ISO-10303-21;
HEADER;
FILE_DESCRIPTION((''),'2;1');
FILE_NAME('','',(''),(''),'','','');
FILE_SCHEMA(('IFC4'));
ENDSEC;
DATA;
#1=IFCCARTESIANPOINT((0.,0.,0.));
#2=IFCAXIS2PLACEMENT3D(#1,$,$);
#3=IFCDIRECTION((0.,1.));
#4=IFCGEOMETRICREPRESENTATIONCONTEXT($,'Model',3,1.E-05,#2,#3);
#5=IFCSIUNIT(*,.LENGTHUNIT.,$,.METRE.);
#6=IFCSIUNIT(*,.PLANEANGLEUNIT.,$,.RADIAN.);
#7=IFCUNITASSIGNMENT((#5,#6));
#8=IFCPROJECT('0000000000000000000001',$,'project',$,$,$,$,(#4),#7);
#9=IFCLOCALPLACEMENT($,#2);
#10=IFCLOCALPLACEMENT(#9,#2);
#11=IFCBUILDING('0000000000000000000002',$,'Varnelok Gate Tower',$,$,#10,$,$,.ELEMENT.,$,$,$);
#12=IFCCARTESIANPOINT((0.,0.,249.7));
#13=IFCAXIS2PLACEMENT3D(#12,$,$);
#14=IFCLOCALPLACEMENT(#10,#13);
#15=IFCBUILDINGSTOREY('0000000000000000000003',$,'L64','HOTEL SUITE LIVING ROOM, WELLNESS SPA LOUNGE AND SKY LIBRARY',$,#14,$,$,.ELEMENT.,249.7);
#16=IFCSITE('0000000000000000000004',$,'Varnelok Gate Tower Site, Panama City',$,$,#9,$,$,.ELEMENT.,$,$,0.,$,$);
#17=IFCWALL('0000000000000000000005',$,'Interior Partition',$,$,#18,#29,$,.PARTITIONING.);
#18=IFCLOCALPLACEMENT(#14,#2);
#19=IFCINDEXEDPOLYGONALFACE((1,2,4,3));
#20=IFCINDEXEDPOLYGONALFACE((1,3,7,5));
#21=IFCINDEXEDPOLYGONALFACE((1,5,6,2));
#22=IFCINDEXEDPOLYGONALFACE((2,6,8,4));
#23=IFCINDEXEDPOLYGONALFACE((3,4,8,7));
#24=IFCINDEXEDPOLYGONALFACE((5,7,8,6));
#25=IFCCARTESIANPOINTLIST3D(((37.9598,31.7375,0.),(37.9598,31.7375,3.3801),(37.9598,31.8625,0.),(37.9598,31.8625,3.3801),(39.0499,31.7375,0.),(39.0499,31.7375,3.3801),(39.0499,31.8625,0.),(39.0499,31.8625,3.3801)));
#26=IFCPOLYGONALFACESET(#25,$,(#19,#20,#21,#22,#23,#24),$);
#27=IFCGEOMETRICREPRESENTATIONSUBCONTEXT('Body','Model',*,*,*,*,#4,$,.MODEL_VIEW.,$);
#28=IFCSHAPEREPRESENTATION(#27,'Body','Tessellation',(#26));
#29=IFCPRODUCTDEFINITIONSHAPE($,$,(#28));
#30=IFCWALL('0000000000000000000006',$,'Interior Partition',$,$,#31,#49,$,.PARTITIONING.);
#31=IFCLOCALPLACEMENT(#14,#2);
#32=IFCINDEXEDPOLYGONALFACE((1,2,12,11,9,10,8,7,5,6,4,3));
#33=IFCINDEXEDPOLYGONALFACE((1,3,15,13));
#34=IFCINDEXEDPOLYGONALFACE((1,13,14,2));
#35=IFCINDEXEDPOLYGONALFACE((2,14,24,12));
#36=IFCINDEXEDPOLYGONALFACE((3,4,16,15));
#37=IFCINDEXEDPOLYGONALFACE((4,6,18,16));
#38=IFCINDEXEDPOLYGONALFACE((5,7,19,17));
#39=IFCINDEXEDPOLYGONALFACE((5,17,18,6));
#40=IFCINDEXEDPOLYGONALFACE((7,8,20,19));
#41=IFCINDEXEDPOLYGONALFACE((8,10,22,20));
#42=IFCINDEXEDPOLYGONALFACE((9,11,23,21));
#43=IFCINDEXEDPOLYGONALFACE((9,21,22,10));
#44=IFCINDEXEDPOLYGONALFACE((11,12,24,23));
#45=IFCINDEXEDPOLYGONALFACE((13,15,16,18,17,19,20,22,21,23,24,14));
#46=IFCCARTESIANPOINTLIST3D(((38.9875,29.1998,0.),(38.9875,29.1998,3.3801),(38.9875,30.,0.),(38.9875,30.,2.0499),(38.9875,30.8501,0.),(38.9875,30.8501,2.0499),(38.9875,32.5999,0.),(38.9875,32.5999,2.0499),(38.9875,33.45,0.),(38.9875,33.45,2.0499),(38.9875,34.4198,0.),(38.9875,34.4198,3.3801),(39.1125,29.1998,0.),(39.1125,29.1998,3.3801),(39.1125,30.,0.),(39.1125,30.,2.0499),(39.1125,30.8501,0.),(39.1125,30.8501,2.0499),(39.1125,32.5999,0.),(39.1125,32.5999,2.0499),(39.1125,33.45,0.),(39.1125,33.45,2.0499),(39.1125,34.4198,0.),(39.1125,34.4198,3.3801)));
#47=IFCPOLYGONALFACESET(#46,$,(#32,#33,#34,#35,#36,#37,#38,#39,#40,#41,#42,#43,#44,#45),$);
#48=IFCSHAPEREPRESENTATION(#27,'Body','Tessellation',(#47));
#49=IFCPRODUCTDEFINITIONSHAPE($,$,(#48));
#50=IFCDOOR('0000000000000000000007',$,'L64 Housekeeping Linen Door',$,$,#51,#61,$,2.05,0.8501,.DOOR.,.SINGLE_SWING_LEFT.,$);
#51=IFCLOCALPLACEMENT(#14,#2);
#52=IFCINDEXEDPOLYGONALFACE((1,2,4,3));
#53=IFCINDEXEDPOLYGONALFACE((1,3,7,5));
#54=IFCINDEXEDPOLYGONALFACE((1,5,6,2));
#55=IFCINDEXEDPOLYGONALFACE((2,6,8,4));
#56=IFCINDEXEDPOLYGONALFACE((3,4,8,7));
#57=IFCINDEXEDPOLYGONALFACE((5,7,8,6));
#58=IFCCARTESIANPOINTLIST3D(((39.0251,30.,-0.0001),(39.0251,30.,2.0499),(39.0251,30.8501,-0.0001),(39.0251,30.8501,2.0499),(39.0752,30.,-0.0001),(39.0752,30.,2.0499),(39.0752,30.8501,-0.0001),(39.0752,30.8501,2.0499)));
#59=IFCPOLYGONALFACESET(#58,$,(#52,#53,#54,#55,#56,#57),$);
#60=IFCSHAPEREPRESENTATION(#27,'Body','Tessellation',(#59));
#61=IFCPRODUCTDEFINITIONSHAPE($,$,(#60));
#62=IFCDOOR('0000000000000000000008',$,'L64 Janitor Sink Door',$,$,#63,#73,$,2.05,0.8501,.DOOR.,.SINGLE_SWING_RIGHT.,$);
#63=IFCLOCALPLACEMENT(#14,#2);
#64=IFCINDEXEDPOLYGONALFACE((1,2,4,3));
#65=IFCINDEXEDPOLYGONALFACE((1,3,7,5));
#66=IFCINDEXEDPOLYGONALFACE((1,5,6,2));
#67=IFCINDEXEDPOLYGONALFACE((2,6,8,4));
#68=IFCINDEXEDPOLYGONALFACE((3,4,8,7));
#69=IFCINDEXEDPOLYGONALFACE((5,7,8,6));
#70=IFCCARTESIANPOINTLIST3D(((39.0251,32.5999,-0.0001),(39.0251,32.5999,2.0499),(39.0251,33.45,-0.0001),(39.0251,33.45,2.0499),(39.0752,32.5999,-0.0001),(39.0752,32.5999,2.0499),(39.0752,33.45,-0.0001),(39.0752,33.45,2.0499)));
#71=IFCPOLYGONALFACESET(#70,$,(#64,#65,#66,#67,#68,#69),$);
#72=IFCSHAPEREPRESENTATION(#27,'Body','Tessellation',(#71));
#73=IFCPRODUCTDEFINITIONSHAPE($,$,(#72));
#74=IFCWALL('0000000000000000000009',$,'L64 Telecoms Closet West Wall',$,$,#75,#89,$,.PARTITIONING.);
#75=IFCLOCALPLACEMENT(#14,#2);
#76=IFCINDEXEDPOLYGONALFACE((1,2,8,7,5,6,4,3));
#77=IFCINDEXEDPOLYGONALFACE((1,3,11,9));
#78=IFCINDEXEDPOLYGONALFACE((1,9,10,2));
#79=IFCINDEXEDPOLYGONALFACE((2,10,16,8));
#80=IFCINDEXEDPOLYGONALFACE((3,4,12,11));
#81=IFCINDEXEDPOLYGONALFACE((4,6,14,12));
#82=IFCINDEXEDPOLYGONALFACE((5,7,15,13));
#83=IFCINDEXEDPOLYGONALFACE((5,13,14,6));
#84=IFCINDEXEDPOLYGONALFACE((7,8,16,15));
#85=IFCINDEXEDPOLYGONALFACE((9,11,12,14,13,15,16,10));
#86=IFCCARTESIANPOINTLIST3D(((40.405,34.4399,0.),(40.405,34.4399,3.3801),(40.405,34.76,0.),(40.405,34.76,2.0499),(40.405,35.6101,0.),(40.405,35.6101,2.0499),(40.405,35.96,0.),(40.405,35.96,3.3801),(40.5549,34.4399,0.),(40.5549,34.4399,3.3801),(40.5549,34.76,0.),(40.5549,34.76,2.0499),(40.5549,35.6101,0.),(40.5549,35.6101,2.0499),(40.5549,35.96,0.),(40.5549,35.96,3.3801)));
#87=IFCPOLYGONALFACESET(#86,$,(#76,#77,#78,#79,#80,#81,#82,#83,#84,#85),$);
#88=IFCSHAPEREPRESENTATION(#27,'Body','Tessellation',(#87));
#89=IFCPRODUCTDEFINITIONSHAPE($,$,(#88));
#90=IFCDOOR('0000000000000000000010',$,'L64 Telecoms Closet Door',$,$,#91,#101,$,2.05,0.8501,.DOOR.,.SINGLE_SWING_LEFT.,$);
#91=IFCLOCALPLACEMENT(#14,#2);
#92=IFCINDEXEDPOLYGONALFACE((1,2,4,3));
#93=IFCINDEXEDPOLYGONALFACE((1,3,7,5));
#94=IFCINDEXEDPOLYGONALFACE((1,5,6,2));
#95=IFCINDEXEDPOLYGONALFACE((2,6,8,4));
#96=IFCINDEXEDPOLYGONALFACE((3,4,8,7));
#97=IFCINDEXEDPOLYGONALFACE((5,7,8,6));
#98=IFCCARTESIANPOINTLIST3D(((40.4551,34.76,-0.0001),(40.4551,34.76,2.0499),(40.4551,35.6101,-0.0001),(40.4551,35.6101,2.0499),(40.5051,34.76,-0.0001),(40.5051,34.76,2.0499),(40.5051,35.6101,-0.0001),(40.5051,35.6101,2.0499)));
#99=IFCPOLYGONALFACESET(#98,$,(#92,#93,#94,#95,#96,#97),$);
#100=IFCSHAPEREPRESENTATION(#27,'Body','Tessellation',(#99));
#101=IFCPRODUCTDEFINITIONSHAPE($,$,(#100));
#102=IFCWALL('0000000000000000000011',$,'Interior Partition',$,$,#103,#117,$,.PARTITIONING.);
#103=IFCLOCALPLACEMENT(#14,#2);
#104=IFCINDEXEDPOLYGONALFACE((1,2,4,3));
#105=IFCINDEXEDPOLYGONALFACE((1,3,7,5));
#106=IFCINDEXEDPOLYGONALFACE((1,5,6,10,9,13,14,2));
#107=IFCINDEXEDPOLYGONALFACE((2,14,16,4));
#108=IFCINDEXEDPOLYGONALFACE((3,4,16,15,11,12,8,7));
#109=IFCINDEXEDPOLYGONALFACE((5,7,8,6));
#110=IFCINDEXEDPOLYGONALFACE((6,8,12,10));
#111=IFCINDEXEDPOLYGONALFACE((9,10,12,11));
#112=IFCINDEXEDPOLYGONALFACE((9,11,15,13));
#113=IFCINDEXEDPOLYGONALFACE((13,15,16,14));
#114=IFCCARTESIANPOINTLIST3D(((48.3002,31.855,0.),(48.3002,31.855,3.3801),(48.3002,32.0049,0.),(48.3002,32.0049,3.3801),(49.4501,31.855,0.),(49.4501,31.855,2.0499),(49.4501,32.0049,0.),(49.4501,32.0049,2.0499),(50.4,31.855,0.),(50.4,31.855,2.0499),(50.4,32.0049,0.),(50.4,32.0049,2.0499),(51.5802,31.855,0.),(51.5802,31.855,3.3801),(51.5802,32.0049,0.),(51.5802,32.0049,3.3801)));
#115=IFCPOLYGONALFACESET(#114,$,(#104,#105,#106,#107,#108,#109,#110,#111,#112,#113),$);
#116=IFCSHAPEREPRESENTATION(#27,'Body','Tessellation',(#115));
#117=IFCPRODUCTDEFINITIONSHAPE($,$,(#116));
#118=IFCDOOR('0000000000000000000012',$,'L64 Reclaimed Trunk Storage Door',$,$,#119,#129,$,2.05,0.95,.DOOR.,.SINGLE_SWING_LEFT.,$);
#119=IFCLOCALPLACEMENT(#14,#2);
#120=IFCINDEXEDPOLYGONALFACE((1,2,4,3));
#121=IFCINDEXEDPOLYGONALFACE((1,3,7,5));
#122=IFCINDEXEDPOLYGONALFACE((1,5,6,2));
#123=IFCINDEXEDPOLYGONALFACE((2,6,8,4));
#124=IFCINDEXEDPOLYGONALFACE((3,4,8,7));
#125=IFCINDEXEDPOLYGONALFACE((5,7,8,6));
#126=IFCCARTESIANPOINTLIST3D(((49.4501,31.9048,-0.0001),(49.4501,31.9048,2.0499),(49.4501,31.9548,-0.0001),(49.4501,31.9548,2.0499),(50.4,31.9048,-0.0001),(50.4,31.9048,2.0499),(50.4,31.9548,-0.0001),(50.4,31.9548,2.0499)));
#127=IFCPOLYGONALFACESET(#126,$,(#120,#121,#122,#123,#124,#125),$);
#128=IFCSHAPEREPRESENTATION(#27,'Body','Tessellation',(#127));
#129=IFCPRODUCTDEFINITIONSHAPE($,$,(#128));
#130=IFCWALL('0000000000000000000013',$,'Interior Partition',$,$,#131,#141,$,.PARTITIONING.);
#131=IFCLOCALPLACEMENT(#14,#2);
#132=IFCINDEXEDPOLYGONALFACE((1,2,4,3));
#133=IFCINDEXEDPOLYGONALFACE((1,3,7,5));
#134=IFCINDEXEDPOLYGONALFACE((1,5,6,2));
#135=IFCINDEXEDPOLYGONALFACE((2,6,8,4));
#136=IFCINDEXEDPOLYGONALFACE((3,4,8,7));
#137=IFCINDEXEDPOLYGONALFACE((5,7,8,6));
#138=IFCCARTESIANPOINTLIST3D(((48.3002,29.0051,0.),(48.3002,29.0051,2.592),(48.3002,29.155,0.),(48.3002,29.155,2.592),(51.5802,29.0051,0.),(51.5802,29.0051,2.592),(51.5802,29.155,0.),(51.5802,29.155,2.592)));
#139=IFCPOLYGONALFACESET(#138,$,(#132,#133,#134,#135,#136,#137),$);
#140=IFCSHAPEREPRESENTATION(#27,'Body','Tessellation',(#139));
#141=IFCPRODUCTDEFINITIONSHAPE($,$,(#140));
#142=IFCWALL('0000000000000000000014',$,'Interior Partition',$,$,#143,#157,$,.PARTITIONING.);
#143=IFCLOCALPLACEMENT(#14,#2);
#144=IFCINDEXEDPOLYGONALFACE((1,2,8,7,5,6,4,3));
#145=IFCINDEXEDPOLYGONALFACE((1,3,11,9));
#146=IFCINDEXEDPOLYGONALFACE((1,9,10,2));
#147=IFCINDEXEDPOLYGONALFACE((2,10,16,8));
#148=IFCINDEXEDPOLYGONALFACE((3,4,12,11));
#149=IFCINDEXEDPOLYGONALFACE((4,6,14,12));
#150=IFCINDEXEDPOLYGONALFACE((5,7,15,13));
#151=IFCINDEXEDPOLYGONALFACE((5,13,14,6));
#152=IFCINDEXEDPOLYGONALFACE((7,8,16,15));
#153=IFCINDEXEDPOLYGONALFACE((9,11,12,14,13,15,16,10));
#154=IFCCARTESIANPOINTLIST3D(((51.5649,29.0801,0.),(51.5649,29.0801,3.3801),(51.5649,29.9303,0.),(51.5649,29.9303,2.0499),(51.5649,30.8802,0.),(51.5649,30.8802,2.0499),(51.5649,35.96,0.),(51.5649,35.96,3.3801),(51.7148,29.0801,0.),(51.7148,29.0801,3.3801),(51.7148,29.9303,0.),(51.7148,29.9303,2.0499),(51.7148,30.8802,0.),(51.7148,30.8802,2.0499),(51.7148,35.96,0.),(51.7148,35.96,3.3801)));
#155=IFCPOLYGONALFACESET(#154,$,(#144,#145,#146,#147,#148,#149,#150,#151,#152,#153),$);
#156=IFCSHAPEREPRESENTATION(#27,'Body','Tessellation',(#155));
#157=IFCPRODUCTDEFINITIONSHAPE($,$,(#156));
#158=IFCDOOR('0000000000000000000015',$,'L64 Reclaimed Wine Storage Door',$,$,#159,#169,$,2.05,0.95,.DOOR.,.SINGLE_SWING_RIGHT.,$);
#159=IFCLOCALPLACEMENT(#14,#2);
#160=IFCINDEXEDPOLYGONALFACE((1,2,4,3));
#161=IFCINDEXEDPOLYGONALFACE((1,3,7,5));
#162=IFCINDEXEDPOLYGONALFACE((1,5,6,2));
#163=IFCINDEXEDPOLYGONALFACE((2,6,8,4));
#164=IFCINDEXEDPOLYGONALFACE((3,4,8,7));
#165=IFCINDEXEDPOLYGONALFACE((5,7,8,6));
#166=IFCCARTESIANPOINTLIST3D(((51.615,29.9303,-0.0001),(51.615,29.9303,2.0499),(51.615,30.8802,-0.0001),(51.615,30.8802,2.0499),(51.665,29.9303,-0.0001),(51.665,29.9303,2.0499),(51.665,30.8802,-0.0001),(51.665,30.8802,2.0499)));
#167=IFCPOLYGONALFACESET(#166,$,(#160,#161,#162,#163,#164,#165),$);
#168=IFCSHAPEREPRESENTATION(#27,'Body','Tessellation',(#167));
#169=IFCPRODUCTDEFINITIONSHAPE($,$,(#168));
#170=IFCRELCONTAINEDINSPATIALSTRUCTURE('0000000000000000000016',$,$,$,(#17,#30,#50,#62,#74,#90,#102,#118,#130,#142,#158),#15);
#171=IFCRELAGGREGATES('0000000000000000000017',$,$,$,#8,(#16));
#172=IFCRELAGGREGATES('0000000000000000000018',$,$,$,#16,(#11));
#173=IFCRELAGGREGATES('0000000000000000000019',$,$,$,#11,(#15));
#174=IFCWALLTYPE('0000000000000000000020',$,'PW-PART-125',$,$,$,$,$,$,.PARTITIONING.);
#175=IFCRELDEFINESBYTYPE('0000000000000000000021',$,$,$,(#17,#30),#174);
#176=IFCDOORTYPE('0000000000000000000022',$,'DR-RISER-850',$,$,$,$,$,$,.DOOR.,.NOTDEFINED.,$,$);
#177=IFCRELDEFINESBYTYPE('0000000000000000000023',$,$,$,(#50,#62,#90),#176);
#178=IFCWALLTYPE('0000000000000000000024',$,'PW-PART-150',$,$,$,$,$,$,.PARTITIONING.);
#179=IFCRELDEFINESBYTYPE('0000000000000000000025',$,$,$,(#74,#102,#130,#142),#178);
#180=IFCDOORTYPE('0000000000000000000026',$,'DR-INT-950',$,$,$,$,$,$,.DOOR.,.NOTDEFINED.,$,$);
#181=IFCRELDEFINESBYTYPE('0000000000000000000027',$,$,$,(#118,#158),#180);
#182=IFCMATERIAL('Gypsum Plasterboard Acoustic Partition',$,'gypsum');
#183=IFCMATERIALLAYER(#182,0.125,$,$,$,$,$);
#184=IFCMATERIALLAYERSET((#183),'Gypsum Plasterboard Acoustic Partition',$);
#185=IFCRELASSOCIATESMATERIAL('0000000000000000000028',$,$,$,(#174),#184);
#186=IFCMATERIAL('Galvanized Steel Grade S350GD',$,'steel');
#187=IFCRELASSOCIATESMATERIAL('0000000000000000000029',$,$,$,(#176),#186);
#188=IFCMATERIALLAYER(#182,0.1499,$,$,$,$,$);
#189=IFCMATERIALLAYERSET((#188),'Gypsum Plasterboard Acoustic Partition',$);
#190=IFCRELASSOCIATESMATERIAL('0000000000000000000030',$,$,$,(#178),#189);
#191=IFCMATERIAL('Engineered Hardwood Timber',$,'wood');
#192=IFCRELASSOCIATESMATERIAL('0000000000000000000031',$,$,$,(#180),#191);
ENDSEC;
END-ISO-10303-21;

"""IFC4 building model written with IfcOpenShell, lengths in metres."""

from ifc_helpers import new_model, si_unit, direction, frame, frame_2d, origin, place, context, subcontext, project, spatial, rectangle, extrude, material, layer, layer_set, type_object, element, fill, save


model = new_model("IFC4")

# Units and contexts
model_context = context("Model", 3, precision=1e-05, world=origin(), true_north=direction((0.0, 1.0)))
body_context = subcontext(model_context, "Body", "Model", "MODEL_VIEW")
ifc_project = project(units=[si_unit("LENGTHUNIT", "METRE"), si_unit("PLANEANGLEUNIT", "RADIAN")], contexts=[model_context])

# Site, building, storey
site_placement = place(None, origin())
site = spatial("IfcSite", under=ifc_project, at=site_placement, Name="Varnelok Gate Tower Site, Panama City", CompositionType="ELEMENT", RefElevation=0.0)
building_placement = place(site_placement, origin())
building = spatial("IfcBuilding", under=site, at=building_placement, Name="Varnelok Gate Tower", CompositionType="ELEMENT")
storey_placement = place(building_placement, frame((0.0, 0.0, 249.7)))
storey = spatial("IfcBuildingStorey", under=building, at=storey_placement, Name="L64", Description="HOTEL SUITE LIVING ROOM, WELLNESS SPA LOUNGE AND SKY LIBRARY", CompositionType="ELEMENT", Elevation=249.7)

# Wall
ifc_material_1 = material(Name="Gypsum Plasterboard Acoustic Partition", Category="gypsum")
ifc_layer_1 = layer(ifc_material_1, 0.125)
ifc_layer_set_1 = layer_set([ifc_layer_1], Name="Gypsum Plasterboard Acoustic Partition")
wall_type_1 = type_object("IfcWallType", Name="PW-PART-125", PredefinedType="PARTITIONING", material=ifc_layer_set_1)
wall_1_placement = place(storey_placement, frame((37.96, 31.8, 0.0), z_axis=(0.0, 0.0, 1.0), x_axis=(1.0, 0.0, 0.0)))
element("IfcWall", 1, at=wall_1_placement, inside=storey, type_object=wall_type_1, Name="Interior Partition", PredefinedType="PARTITIONING", context=body_context, shape_type="SweptSolid", body=[
    extrude(rectangle(XDim=1.0901, YDim=0.125, at=frame_2d((0.5449, 0.0))), origin(), (0.0, 0.0, 1.0), 3.3801),
])

# Wall, openings, doors
wall_2_placement = place(storey_placement, frame((39.05, 29.2, 0.0), z_axis=(0.0, 0.0, 1.0), x_axis=(0.0, 1.0, 0.0)))
wall_2 = element("IfcWall", 2, at=wall_2_placement, inside=storey, type_object=wall_type_1, Name="Interior Partition", PredefinedType="PARTITIONING", context=body_context, shape_type="SweptSolid", body=[
    extrude(rectangle(XDim=5.22, YDim=0.125, at=frame_2d((2.6099, 0.0))), origin(), (0.0, 0.0, 1.0), 3.3801),
])
opening_1_placement = place(wall_2_placement, frame((0.8, 0.0, 0.0)))
opening_1 = element("IfcOpeningElement", 3, at=opening_1_placement, cuts=wall_2, PredefinedType="OPENING", context=body_context, shape_type="SweptSolid", body=[
    extrude(rectangle(XDim=0.8501, YDim=2.05, at=frame_2d((0.425, 1.0249))), frame((0.0, 0.0725, 0.0), z_axis=(0.0, -1.0, 0.0), x_axis=(1.0, 0.0, 0.0)), (0.0, 0.0, 1.0), 0.145),
])
opening_2_placement = place(wall_2_placement, frame((3.3999, 0.0, 0.0)))
opening_2 = element("IfcOpeningElement", 4, at=opening_2_placement, cuts=wall_2, PredefinedType="OPENING", context=body_context, shape_type="SweptSolid", body=[
    extrude(rectangle(XDim=0.8501, YDim=2.05, at=frame_2d((0.425, 1.0249))), frame((0.0, 0.0725, 0.0), z_axis=(0.0, -1.0, 0.0), x_axis=(1.0, 0.0, 0.0)), (0.0, 0.0, 1.0), 0.145),
])
ifc_material_2 = material(Name="Galvanized Steel Grade S350GD", Category="steel")
door_type_1 = type_object("IfcDoorType", Name="DR-RISER-850", OperationType="NOTDEFINED", PredefinedType="DOOR", material=ifc_material_2)
door_1_placement = place(opening_1_placement, origin())
door_1 = element("IfcDoor", 5, at=door_1_placement, inside=storey, type_object=door_type_1, Name="L64 Housekeeping Linen Door", OperationType="SINGLE_SWING_LEFT", OverallHeight=2.05, OverallWidth=0.8501, PredefinedType="DOOR", context=body_context, shape_type="SweptSolid", body=[
    extrude(rectangle(XDim=0.8501, YDim=2.05, at=frame_2d((0.425, 1.0249))), frame((0.0, 0.0249, 0.0), z_axis=(0.0, -1.0, 0.0), x_axis=(1.0, 0.0, 0.0)), (0.0, 0.0, 1.0), 0.05),
])
fill(opening_1, door_1)
door_2_placement = place(opening_2_placement, origin())
door_2 = element("IfcDoor", 6, at=door_2_placement, inside=storey, type_object=door_type_1, Name="L64 Janitor Sink Door", OperationType="SINGLE_SWING_RIGHT", OverallHeight=2.05, OverallWidth=0.8501, PredefinedType="DOOR", context=body_context, shape_type="SweptSolid", body=[
    extrude(rectangle(XDim=0.8501, YDim=2.05, at=frame_2d((0.425, 1.0249))), frame((0.0, 0.0249, 0.0), z_axis=(0.0, -1.0, 0.0), x_axis=(1.0, 0.0, 0.0)), (0.0, 0.0, 1.0), 0.05),
])
fill(opening_2, door_2)

# Walls, openings, doors
ifc_layer_2 = layer(ifc_material_1, 0.1499)
ifc_layer_set_2 = layer_set([ifc_layer_2], Name="Gypsum Plasterboard Acoustic Partition")
wall_type_2 = type_object("IfcWallType", Name="PW-PART-150", PredefinedType="PARTITIONING", material=ifc_layer_set_2)
wall_3_placement = place(storey_placement, frame((40.48, 34.4399, 0.0), z_axis=(0.0, 0.0, 1.0), x_axis=(0.0, 1.0, 0.0)))
wall_3 = element("IfcWall", 7, at=wall_3_placement, inside=storey, type_object=wall_type_2, Name="L64 Telecoms Closet West Wall", PredefinedType="PARTITIONING", context=body_context, shape_type="SweptSolid", body=[
    extrude(rectangle(XDim=1.52, YDim=0.1499, at=frame_2d((0.76, 0.0))), origin(), (0.0, 0.0, 1.0), 3.3801),
])
opening_3_placement = place(wall_3_placement, frame((0.3201, 0.0, 0.0)))
opening_3 = element("IfcOpeningElement", 8, at=opening_3_placement, cuts=wall_3, PredefinedType="OPENING", context=body_context, shape_type="SweptSolid", body=[
    extrude(rectangle(XDim=0.8501, YDim=2.05, at=frame_2d((0.425, 1.0249))), frame((0.0, 0.085, 0.0), z_axis=(0.0, -1.0, 0.0), x_axis=(1.0, 0.0, 0.0)), (0.0, 0.0, 1.0), 0.1699),
])
door_3_placement = place(opening_3_placement, origin())
door_3 = element("IfcDoor", 9, at=door_3_placement, inside=storey, type_object=door_type_1, Name="L64 Telecoms Closet Door", OperationType="SINGLE_SWING_LEFT", OverallHeight=2.05, OverallWidth=0.8501, PredefinedType="DOOR", context=body_context, shape_type="SweptSolid", body=[
    extrude(rectangle(XDim=0.8501, YDim=2.05, at=frame_2d((0.425, 1.0249))), frame((0.0, 0.0249, 0.0), z_axis=(0.0, -1.0, 0.0), x_axis=(1.0, 0.0, 0.0)), (0.0, 0.0, 1.0), 0.05),
])
fill(opening_3, door_3)
wall_4_placement = place(storey_placement, frame((48.3, 31.9299, 0.0), z_axis=(0.0, 0.0, 1.0), x_axis=(1.0, 0.0, 0.0)))
wall_4 = element("IfcWall", 10, at=wall_4_placement, inside=storey, type_object=wall_type_2, Name="Interior Partition", PredefinedType="PARTITIONING", context=body_context, shape_type="SweptSolid", body=[
    extrude(rectangle(XDim=3.28, YDim=0.1499, at=frame_2d((1.6401, 0.0))), origin(), (0.0, 0.0, 1.0), 3.3801),
])
opening_4_placement = place(wall_4_placement, frame((1.1499, 0.0, 0.0)))
opening_4 = element("IfcOpeningElement", 11, at=opening_4_placement, cuts=wall_4, PredefinedType="OPENING", context=body_context, shape_type="SweptSolid", body=[
    extrude(rectangle(XDim=0.95, YDim=2.05, at=frame_2d((0.4751, 1.0249))), frame((0.0, 0.085, 0.0), z_axis=(0.0, -1.0, 0.0), x_axis=(1.0, 0.0, 0.0)), (0.0, 0.0, 1.0), 0.1699),
])
ifc_material_3 = material(Name="Engineered Hardwood Timber", Category="wood")
door_type_2 = type_object("IfcDoorType", Name="DR-INT-950", OperationType="NOTDEFINED", PredefinedType="DOOR", material=ifc_material_3)
door_4_placement = place(opening_4_placement, origin())
door_4 = element("IfcDoor", 12, at=door_4_placement, inside=storey, type_object=door_type_2, Name="L64 Reclaimed Trunk Storage Door", OperationType="SINGLE_SWING_LEFT", OverallHeight=2.05, OverallWidth=0.95, PredefinedType="DOOR", context=body_context, shape_type="SweptSolid", body=[
    extrude(rectangle(XDim=0.95, YDim=2.05, at=frame_2d((0.4751, 1.0249))), frame((0.0, 0.0249, 0.0), z_axis=(0.0, -1.0, 0.0), x_axis=(1.0, 0.0, 0.0)), (0.0, 0.0, 1.0), 0.05),
])
fill(opening_4, door_4)

# Wall
wall_5_placement = place(storey_placement, frame((48.3, 29.0801, 0.0), z_axis=(0.0, 0.0, 1.0), x_axis=(1.0, 0.0, 0.0)))
element("IfcWall", 13, at=wall_5_placement, inside=storey, type_object=wall_type_2, Name="Interior Partition", PredefinedType="PARTITIONING", context=body_context, shape_type="SweptSolid", body=[
    extrude(rectangle(XDim=3.28, YDim=0.1499, at=frame_2d((1.6401, 0.0))), origin(), (0.0, 0.0, 1.0), 2.592),
])

# Wall, opening, door
wall_6_placement = place(storey_placement, frame((51.6399, 29.0801, 0.0), z_axis=(0.0, 0.0, 1.0), x_axis=(0.0, 1.0, 0.0)))
wall_6 = element("IfcWall", 14, at=wall_6_placement, inside=storey, type_object=wall_type_2, Name="Interior Partition", PredefinedType="PARTITIONING", context=body_context, shape_type="SweptSolid", body=[
    extrude(rectangle(XDim=6.8799, YDim=0.1499, at=frame_2d((3.4399, 0.0))), origin(), (0.0, 0.0, 1.0), 3.3801),
])
opening_5_placement = place(wall_6_placement, frame((0.8501, 0.0, 0.0)))
opening_5 = element("IfcOpeningElement", 15, at=opening_5_placement, cuts=wall_6, PredefinedType="OPENING", context=body_context, shape_type="SweptSolid", body=[
    extrude(rectangle(XDim=0.95, YDim=2.05, at=frame_2d((0.4751, 1.0249))), frame((0.0, 0.085, 0.0), z_axis=(0.0, -1.0, 0.0), x_axis=(1.0, 0.0, 0.0)), (0.0, 0.0, 1.0), 0.1699),
])
door_5_placement = place(opening_5_placement, origin())
door_5 = element("IfcDoor", 16, at=door_5_placement, inside=storey, type_object=door_type_2, Name="L64 Reclaimed Wine Storage Door", OperationType="SINGLE_SWING_RIGHT", OverallHeight=2.05, OverallWidth=0.95, PredefinedType="DOOR", context=body_context, shape_type="SweptSolid", body=[
    extrude(rectangle(XDim=0.95, YDim=2.05, at=frame_2d((0.4751, 1.0249))), frame((0.0, 0.0249, 0.0), z_axis=(0.0, -1.0, 0.0), x_axis=(1.0, 0.0, 0.0)), (0.0, 0.0, 1.0), 0.05),
])
fill(opening_5, door_5)

save(model, "model.ifc")
